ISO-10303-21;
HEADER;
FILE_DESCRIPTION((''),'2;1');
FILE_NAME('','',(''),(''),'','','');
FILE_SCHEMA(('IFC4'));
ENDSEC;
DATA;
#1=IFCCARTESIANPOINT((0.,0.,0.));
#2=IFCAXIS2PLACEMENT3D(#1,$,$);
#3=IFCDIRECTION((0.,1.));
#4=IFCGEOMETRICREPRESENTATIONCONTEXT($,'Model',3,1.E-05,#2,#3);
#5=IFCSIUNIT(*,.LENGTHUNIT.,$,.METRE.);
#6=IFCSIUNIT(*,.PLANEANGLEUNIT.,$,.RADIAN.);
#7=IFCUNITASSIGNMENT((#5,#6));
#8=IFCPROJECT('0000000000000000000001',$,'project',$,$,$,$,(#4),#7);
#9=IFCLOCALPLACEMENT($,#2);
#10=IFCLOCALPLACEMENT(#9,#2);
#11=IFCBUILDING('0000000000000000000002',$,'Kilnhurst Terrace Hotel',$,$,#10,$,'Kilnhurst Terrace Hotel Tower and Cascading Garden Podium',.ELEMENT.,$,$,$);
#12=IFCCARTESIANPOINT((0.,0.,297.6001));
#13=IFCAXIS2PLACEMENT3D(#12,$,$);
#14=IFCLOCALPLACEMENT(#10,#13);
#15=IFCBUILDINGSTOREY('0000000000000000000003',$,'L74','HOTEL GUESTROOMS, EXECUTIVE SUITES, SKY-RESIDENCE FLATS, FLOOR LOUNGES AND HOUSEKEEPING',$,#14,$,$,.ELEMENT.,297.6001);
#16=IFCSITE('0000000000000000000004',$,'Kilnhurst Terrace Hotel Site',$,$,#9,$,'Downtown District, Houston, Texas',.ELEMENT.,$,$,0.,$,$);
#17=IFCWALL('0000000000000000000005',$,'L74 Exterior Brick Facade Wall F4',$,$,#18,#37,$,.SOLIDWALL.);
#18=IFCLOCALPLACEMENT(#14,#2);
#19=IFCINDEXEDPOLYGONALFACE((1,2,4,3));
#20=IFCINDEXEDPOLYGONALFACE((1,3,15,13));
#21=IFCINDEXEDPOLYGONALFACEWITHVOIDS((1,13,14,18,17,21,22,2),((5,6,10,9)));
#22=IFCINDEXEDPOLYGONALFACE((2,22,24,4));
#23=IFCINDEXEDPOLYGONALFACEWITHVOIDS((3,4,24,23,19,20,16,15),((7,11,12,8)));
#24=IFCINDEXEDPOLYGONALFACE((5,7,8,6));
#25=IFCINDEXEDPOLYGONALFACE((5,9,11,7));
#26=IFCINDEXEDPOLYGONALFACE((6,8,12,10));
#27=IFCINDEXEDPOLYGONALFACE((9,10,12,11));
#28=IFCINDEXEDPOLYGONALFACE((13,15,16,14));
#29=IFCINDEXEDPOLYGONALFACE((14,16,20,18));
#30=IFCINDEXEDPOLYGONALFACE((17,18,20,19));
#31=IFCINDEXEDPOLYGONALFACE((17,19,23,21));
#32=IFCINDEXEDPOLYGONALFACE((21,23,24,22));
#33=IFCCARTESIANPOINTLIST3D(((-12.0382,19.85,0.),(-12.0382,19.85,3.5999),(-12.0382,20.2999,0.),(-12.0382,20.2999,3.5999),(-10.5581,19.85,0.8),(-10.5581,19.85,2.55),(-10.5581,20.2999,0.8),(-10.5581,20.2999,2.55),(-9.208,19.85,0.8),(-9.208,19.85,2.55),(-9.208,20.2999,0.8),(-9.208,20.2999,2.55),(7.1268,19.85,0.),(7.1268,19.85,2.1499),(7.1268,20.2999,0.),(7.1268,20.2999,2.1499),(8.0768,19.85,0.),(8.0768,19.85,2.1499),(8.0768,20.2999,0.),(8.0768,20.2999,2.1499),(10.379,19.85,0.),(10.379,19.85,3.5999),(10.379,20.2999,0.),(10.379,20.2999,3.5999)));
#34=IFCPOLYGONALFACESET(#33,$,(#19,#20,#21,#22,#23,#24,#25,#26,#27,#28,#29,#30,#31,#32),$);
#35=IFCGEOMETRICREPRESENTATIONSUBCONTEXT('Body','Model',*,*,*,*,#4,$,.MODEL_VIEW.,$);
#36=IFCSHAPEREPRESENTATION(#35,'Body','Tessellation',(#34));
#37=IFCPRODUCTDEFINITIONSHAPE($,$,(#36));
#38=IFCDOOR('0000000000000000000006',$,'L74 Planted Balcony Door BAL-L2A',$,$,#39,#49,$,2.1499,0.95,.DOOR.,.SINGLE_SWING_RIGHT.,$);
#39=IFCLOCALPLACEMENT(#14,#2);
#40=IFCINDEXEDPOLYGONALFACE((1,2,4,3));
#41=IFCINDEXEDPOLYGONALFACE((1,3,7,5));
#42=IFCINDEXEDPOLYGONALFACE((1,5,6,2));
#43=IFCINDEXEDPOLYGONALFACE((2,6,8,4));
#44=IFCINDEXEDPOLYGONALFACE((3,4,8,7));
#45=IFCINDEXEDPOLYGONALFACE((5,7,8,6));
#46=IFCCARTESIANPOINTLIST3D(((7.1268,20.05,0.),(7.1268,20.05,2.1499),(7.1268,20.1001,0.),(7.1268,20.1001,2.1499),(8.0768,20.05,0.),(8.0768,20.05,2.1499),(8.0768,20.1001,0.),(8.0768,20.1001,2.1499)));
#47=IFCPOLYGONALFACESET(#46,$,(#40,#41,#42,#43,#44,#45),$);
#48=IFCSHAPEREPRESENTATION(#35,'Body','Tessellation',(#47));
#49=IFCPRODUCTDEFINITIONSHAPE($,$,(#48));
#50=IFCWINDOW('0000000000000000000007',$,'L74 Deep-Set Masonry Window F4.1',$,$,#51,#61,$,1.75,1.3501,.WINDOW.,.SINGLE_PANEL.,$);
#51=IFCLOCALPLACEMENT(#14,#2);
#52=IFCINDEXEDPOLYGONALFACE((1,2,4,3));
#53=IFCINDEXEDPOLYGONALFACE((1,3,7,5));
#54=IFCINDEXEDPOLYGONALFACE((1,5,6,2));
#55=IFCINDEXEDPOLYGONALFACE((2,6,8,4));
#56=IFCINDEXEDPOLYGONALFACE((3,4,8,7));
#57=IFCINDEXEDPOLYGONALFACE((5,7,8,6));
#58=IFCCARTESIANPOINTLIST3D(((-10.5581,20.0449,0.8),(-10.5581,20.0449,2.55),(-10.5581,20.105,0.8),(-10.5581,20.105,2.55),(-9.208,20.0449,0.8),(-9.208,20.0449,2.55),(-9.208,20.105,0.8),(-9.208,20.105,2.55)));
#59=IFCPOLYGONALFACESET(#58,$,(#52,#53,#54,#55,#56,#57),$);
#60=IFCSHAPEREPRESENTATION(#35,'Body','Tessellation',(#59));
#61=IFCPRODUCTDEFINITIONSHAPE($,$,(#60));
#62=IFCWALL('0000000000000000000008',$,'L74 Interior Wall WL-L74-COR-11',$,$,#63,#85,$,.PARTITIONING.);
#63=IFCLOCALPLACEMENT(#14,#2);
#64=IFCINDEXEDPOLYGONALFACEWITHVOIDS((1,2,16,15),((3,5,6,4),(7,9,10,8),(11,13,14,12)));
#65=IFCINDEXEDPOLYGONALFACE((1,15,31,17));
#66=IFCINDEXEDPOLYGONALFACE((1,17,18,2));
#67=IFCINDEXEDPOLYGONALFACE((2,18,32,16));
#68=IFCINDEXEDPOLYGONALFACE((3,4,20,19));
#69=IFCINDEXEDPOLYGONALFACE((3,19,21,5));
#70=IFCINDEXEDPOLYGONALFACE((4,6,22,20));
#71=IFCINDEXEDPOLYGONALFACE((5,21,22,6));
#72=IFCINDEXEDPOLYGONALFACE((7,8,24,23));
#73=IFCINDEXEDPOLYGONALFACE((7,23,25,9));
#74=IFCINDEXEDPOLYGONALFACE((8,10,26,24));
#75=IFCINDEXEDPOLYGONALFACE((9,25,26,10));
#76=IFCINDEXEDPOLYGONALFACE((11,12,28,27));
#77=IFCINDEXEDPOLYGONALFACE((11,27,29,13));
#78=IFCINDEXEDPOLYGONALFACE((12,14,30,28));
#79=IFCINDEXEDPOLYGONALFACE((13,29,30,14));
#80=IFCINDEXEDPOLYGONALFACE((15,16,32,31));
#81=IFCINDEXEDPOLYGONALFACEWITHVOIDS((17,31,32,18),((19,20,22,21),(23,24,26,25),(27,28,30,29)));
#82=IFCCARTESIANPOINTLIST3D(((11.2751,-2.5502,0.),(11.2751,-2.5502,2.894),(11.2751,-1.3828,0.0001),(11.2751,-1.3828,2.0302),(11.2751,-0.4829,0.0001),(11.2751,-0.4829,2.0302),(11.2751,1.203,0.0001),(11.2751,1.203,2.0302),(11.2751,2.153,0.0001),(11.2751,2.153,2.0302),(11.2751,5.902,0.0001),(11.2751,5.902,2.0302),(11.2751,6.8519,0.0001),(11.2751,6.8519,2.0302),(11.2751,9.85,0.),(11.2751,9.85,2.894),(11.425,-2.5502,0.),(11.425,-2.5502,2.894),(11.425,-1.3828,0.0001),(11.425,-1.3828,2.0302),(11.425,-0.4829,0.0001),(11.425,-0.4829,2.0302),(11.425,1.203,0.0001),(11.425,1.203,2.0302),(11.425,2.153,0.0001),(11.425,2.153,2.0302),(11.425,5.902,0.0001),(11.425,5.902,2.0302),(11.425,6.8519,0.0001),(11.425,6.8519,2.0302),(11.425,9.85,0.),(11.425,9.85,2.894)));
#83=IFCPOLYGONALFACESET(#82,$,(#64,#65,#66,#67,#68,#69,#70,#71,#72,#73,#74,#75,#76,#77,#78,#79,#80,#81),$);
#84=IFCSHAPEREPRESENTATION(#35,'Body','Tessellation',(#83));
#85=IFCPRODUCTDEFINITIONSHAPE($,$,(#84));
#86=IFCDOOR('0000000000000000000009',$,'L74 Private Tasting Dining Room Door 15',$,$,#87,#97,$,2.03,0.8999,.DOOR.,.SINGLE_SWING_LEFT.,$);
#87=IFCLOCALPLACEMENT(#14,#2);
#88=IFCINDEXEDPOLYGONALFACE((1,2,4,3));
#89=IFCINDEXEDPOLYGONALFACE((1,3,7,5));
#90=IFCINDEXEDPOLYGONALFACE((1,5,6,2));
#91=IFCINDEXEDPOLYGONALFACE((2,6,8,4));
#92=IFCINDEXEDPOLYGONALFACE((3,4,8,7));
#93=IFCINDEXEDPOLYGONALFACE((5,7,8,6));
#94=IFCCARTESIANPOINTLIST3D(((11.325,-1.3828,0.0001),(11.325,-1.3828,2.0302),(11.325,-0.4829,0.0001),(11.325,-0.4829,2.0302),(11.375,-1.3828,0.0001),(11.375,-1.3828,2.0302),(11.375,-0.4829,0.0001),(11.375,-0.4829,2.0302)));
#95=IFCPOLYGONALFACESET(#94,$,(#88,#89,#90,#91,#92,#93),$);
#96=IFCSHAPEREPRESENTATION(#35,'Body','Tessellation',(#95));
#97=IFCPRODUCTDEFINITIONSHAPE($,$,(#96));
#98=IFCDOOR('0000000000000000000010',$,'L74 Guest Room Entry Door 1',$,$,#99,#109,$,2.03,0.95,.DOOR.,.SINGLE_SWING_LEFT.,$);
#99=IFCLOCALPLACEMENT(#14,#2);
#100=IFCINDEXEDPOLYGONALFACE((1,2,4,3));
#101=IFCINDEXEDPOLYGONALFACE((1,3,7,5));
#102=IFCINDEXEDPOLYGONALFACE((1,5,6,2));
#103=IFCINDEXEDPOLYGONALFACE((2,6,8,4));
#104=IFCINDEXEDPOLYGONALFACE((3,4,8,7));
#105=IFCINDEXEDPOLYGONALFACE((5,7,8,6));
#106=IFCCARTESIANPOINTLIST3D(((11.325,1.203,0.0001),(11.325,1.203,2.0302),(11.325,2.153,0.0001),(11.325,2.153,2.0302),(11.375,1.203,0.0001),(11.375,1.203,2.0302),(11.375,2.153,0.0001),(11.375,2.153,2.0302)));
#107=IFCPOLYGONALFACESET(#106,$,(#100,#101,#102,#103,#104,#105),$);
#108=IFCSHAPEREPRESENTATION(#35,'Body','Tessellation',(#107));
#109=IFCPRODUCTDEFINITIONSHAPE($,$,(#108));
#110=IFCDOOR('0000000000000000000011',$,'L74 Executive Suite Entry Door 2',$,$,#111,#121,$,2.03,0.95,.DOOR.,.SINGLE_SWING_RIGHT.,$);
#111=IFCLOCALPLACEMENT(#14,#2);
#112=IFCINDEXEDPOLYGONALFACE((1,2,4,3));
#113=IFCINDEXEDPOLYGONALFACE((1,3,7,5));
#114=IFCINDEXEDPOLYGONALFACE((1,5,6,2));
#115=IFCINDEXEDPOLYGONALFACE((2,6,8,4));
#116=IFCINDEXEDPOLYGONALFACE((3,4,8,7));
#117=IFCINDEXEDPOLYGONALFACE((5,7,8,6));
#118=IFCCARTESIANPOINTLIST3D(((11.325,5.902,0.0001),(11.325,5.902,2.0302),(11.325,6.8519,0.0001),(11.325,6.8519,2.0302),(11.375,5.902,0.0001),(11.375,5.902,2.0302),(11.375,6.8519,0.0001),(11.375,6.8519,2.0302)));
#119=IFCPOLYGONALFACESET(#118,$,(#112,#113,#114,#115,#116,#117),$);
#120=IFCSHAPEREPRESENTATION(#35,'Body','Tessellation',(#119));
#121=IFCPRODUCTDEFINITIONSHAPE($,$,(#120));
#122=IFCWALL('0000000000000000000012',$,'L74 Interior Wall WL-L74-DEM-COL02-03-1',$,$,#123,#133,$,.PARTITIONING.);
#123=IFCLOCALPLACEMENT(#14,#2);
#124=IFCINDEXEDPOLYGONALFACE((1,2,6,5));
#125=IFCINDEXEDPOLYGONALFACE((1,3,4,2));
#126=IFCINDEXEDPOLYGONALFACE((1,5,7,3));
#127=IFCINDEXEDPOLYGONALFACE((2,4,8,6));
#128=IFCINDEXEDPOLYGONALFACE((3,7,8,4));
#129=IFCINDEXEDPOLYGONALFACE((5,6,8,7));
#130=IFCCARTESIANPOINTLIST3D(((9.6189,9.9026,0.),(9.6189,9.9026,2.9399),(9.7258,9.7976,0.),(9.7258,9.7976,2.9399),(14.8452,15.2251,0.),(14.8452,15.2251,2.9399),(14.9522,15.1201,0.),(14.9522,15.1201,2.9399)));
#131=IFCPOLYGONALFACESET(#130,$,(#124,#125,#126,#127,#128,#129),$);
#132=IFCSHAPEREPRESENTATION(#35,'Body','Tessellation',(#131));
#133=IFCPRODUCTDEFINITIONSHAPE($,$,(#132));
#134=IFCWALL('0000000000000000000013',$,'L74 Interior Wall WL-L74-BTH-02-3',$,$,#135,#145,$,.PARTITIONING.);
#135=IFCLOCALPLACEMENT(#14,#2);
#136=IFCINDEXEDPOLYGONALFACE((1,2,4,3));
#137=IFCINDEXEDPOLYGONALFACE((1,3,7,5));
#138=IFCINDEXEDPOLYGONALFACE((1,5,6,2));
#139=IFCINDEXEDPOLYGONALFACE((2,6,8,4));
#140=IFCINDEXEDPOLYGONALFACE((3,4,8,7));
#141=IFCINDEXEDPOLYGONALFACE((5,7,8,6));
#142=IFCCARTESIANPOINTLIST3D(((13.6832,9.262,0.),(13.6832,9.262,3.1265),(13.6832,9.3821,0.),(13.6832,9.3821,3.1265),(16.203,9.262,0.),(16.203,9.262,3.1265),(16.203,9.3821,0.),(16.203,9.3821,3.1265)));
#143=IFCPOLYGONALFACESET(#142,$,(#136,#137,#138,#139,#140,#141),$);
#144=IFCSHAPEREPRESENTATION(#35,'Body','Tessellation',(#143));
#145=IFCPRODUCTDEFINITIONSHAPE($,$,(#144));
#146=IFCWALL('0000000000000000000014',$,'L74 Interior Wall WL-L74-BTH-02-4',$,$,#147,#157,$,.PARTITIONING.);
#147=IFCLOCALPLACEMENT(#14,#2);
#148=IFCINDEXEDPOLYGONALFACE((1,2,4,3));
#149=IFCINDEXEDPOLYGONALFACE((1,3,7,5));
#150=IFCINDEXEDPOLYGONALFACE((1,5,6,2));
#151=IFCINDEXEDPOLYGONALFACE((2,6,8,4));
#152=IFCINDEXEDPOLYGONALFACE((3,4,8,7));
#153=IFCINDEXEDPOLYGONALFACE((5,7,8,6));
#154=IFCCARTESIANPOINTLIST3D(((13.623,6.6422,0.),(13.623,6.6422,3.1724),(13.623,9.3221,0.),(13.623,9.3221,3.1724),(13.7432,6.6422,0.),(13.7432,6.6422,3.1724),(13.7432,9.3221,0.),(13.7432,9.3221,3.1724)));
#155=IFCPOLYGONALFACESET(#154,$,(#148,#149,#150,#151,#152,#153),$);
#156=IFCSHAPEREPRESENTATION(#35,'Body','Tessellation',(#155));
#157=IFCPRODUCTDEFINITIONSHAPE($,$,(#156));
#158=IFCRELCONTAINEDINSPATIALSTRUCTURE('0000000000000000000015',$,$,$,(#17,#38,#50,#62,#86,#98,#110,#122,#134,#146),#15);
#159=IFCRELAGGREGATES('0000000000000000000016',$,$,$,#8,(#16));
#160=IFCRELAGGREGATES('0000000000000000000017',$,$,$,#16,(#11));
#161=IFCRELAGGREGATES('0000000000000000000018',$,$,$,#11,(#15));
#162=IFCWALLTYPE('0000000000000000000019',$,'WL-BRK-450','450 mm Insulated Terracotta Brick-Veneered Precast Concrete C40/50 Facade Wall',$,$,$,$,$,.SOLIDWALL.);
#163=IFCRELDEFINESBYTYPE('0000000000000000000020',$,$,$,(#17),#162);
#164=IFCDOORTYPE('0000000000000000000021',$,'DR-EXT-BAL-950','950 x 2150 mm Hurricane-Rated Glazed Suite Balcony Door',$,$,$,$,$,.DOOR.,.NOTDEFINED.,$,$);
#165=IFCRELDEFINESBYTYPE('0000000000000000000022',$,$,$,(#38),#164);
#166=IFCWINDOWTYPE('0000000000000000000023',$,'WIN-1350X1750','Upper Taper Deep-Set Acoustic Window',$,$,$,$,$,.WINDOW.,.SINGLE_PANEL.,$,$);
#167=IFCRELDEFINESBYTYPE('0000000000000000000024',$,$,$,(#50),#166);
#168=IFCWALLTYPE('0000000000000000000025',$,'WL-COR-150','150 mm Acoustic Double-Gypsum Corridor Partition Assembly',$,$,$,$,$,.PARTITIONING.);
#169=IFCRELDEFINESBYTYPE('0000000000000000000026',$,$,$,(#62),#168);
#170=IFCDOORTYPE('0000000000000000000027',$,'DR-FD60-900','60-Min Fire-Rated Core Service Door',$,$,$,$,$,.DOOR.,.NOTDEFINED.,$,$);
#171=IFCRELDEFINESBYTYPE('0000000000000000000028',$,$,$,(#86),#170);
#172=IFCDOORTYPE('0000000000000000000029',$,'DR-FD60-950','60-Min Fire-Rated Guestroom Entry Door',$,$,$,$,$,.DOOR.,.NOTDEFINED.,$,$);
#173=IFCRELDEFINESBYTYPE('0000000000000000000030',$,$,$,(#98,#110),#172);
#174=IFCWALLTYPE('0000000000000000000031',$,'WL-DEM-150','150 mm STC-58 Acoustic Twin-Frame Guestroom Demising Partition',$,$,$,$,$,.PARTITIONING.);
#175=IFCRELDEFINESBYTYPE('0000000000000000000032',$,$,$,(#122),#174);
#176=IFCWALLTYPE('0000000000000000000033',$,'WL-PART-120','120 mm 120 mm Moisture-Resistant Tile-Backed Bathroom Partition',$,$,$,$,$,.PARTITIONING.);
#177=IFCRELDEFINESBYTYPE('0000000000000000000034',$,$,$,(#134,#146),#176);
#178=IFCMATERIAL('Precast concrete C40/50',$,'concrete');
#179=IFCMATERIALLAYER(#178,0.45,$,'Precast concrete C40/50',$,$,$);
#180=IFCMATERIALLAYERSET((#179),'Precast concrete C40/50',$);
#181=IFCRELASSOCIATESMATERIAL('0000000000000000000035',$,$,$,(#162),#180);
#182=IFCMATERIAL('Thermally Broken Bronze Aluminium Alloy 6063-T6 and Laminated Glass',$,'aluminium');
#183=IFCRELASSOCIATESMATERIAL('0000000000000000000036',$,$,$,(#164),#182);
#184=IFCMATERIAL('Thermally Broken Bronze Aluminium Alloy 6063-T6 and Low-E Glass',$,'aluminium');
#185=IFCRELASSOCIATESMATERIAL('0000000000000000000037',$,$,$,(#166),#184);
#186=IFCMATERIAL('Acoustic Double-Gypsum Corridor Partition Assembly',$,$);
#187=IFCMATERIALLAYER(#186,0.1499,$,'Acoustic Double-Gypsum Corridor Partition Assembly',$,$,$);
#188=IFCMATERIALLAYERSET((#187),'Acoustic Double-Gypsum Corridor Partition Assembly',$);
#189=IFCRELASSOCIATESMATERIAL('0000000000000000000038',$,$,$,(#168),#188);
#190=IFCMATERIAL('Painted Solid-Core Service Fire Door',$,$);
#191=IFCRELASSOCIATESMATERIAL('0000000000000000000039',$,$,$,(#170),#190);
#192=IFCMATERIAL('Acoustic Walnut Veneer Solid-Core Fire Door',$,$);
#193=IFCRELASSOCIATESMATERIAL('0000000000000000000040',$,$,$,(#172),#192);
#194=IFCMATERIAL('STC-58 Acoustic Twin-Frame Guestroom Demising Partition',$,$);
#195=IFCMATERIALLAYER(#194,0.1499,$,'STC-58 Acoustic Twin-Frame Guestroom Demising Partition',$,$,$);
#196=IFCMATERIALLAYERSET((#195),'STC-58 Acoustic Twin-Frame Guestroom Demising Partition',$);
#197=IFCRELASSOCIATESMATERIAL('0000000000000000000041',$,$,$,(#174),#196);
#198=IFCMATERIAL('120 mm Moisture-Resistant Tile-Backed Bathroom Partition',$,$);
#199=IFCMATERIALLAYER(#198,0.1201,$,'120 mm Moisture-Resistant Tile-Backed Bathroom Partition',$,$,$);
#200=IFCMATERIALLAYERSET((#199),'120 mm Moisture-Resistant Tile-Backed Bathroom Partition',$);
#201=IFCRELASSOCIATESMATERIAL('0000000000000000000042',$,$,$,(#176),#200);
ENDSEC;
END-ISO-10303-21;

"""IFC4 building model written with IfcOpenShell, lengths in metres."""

from ifc_helpers import new_model, si_unit, direction, frame, frame_2d, origin, place, context, subcontext, project, spatial, rectangle, extrude, material, layer, layer_set, type_object, element, fill, save


model = new_model("IFC4")

# Units and contexts
model_context = context("Model", 3, precision=1e-05, world=origin(), true_north=direction((0.0, 1.0)))
body_context = subcontext(model_context, "Body", "Model", "MODEL_VIEW")
ifc_project = project(units=[si_unit("LENGTHUNIT", "METRE"), si_unit("PLANEANGLEUNIT", "RADIAN")], contexts=[model_context])

# Site, building, storey
site_placement = place(None, origin())
site = spatial("IfcSite", under=ifc_project, at=site_placement, Name="Kilnhurst Terrace Hotel Site", LongName="Downtown District, Houston, Texas", CompositionType="ELEMENT", RefElevation=0.0)
building_placement = place(site_placement, origin())
building = spatial("IfcBuilding", under=site, at=building_placement, Name="Kilnhurst Terrace Hotel", LongName="Kilnhurst Terrace Hotel Tower and Cascading Garden Podium", CompositionType="ELEMENT")
storey_placement = place(building_placement, frame((0.0, 0.0, 297.6001)))
storey = spatial("IfcBuildingStorey", under=building, at=storey_placement, Name="L74", Description="HOTEL GUESTROOMS, EXECUTIVE SUITES, SKY-RESIDENCE FLATS, FLOOR LOUNGES AND HOUSEKEEPING", CompositionType="ELEMENT", Elevation=297.6001)

# Shared definitions
ifc_material_1 = material(Name="Precast concrete C40/50", Category="concrete")
ifc_layer_1 = layer(ifc_material_1, 0.45, Name="Precast concrete C40/50")
ifc_layer_set_1 = layer_set([ifc_layer_1], Name="Precast concrete C40/50")
wall_type_1 = type_object("IfcWallType", Name="WL-BRK-450", Description="450 mm Insulated Terracotta Brick-Veneered Precast Concrete C40/50 Facade Wall", PredefinedType="SOLIDWALL", material=ifc_layer_set_1)

# Wall, openings, door, window
wall_1_placement = place(storey_placement, frame((10.3789, 20.075, 0.0), z_axis=(0.0, 0.0, 1.0), x_axis=(-1.0, 0.0, 0.0)))
wall_1 = element("IfcWall", 1, at=wall_1_placement, inside=storey, type_object=wall_type_1, Name="L74 Exterior Brick Facade Wall F4", PredefinedType="SOLIDWALL", context=body_context, shape_type="SweptSolid", body=[
    extrude(rectangle(XDim=22.4172, YDim=0.45, at=frame_2d((11.2085, 0.0))), origin(), (0.0, 0.0, 1.0), 3.5999),
])
opening_1_placement = place(wall_1_placement, frame((2.302, 0.0, 0.0)))
opening_1 = element("IfcOpeningElement", 2, at=opening_1_placement, cuts=wall_1, PredefinedType="OPENING", context=body_context, shape_type="SweptSolid", body=[
    extrude(rectangle(XDim=0.95, YDim=2.1499, at=frame_2d((0.4751, 1.075))), frame((0.0, 0.2349, 0.0), z_axis=(0.0, -1.0, 0.0), x_axis=(1.0, 0.0, 0.0)), (0.0, 0.0, 1.0), 0.47),
])
opening_2_placement = place(wall_1_placement, frame((19.5869, 0.0, 0.8)))
opening_2 = element("IfcOpeningElement", 3, at=opening_2_placement, cuts=wall_1, PredefinedType="OPENING", context=body_context, shape_type="SweptSolid", body=[
    extrude(rectangle(XDim=1.3501, YDim=1.75, at=frame_2d((0.675, 0.875))), frame((0.0, 0.2349, 0.0), z_axis=(0.0, -1.0, 0.0), x_axis=(1.0, 0.0, 0.0)), (0.0, 0.0, 1.0), 0.47),
])
ifc_material_2 = material(Name="Thermally Broken Bronze Aluminium Alloy 6063-T6 and Laminated Glass", Category="aluminium")
door_type_1 = type_object("IfcDoorType", Name="DR-EXT-BAL-950", Description="950 x 2150 mm Hurricane-Rated Glazed Suite Balcony Door", OperationType="NOTDEFINED", PredefinedType="DOOR", material=ifc_material_2)
door_1_placement = place(opening_1_placement, origin())
door_1 = element("IfcDoor", 4, at=door_1_placement, inside=storey, type_object=door_type_1, Name="L74 Planted Balcony Door BAL-L2A", OperationType="SINGLE_SWING_RIGHT", OverallHeight=2.1499, OverallWidth=0.95, PredefinedType="DOOR", context=body_context, shape_type="SweptSolid", body=[
    extrude(rectangle(XDim=0.95, YDim=2.1499, at=frame_2d((0.4751, 1.075))), frame((0.0, 0.0249, 0.0), z_axis=(0.0, -1.0, 0.0), x_axis=(1.0, 0.0, 0.0)), (0.0, 0.0, 1.0), 0.05),
])
fill(opening_1, door_1)
ifc_material_3 = material(Name="Thermally Broken Bronze Aluminium Alloy 6063-T6 and Low-E Glass", Category="aluminium")
window_type = type_object("IfcWindowType", Name="WIN-1350X1750", Description="Upper Taper Deep-Set Acoustic Window", PartitioningType="SINGLE_PANEL", PredefinedType="WINDOW", material=ifc_material_3)
window_placement = place(opening_2_placement, origin())
window = element("IfcWindow", 5, at=window_placement, inside=storey, type_object=window_type, Name="L74 Deep-Set Masonry Window F4.1", OverallHeight=1.75, OverallWidth=1.3501, PartitioningType="SINGLE_PANEL", PredefinedType="WINDOW", context=body_context, shape_type="SweptSolid", body=[
    extrude(rectangle(XDim=1.3501, YDim=1.75, at=frame_2d((0.675, 0.875))), frame((0.0, 0.03, 0.0), z_axis=(0.0, -1.0, 0.0), x_axis=(1.0, 0.0, 0.0)), (0.0, 0.0, 1.0), 0.0601),
])
fill(opening_2, window)

# Wall, openings, doors
ifc_material_4 = material(Name="Acoustic Double-Gypsum Corridor Partition Assembly")
ifc_layer_2 = layer(ifc_material_4, 0.1499, Name="Acoustic Double-Gypsum Corridor Partition Assembly")
ifc_layer_set_2 = layer_set([ifc_layer_2], Name="Acoustic Double-Gypsum Corridor Partition Assembly")
wall_type_2 = type_object("IfcWallType", Name="WL-COR-150", Description="150 mm Acoustic Double-Gypsum Corridor Partition Assembly", PredefinedType="PARTITIONING", material=ifc_layer_set_2)
wall_2_placement = place(storey_placement, frame((11.3501, 9.8501, 0.0), z_axis=(0.0, 0.0, 1.0), x_axis=(0.0, -1.0, 0.0)))
wall_2 = element("IfcWall", 6, at=wall_2_placement, inside=storey, type_object=wall_type_2, Name="L74 Interior Wall WL-L74-COR-11", PredefinedType="PARTITIONING", context=body_context, shape_type="SweptSolid", body=[
    extrude(rectangle(XDim=12.4001, YDim=0.1499, at=frame_2d((6.2002, 0.0))), origin(), (0.0, 0.0, 1.0), 2.894),
])
opening_3_placement = place(wall_2_placement, frame((7.697, 0.0, 0.0)))
opening_3 = element("IfcOpeningElement", 7, at=opening_3_placement, cuts=wall_2, PredefinedType="OPENING", context=body_context, shape_type="SweptSolid", body=[
    extrude(rectangle(XDim=0.95, YDim=2.03, at=frame_2d((0.4751, 1.0151))), frame((0.0, 0.085, 0.0), z_axis=(0.0, -1.0, 0.0), x_axis=(1.0, 0.0, 0.0)), (0.0, 0.0, 1.0), 0.1699),
])
opening_4_placement = place(wall_2_placement, frame((2.998, 0.0, 0.0)))
opening_4 = element("IfcOpeningElement", 8, at=opening_4_placement, cuts=wall_2, PredefinedType="OPENING", context=body_context, shape_type="SweptSolid", body=[
    extrude(rectangle(XDim=0.95, YDim=2.03, at=frame_2d((0.4751, 1.0151))), frame((0.0, 0.085, 0.0), z_axis=(0.0, -1.0, 0.0), x_axis=(1.0, 0.0, 0.0)), (0.0, 0.0, 1.0), 0.1699),
])
opening_5_placement = place(wall_2_placement, frame((10.333, 0.0, 0.0)))
opening_5 = element("IfcOpeningElement", 9, at=opening_5_placement, cuts=wall_2, PredefinedType="OPENING", context=body_context, shape_type="SweptSolid", body=[
    extrude(rectangle(XDim=0.8999, YDim=2.03, at=frame_2d((0.45, 1.0151))), frame((0.0, 0.085, 0.0), z_axis=(0.0, -1.0, 0.0), x_axis=(1.0, 0.0, 0.0)), (0.0, 0.0, 1.0), 0.1699),
])
ifc_material_5 = material(Name="Painted Solid-Core Service Fire Door")
door_type_2 = type_object("IfcDoorType", Name="DR-FD60-900", Description="60-Min Fire-Rated Core Service Door", OperationType="NOTDEFINED", PredefinedType="DOOR", material=ifc_material_5)
door_2_placement = place(opening_5_placement, origin())
door_2 = element("IfcDoor", 10, at=door_2_placement, inside=storey, type_object=door_type_2, Name="L74 Private Tasting Dining Room Door 15", OperationType="SINGLE_SWING_LEFT", OverallHeight=2.03, OverallWidth=0.8999, PredefinedType="DOOR", context=body_context, shape_type="SweptSolid", body=[
    extrude(rectangle(XDim=0.8999, YDim=2.03, at=frame_2d((0.45, 1.0151))), frame((0.0, 0.0249, 0.0), z_axis=(0.0, -1.0, 0.0), x_axis=(1.0, 0.0, 0.0)), (0.0, 0.0, 1.0), 0.05),
])
fill(opening_5, door_2)
ifc_material_6 = material(Name="Acoustic Walnut Veneer Solid-Core Fire Door")
door_type_3 = type_object("IfcDoorType", Name="DR-FD60-950", Description="60-Min Fire-Rated Guestroom Entry Door", OperationType="NOTDEFINED", PredefinedType="DOOR", material=ifc_material_6)
door_3_placement = place(opening_3_placement, origin())
door_3 = element("IfcDoor", 11, at=door_3_placement, inside=storey, type_object=door_type_3, Name="L74 Guest Room Entry Door 1", OperationType="SINGLE_SWING_LEFT", OverallHeight=2.03, OverallWidth=0.95, PredefinedType="DOOR", context=body_context, shape_type="SweptSolid", body=[
    extrude(rectangle(XDim=0.95, YDim=2.03, at=frame_2d((0.4751, 1.0151))), frame((0.0, 0.0249, 0.0), z_axis=(0.0, -1.0, 0.0), x_axis=(1.0, 0.0, 0.0)), (0.0, 0.0, 1.0), 0.05),
])
fill(opening_3, door_3)
door_4_placement = place(opening_4_placement, origin())
door_4 = element("IfcDoor", 12, at=door_4_placement, inside=storey, type_object=door_type_3, Name="L74 Executive Suite Entry Door 2", OperationType="SINGLE_SWING_RIGHT", OverallHeight=2.03, OverallWidth=0.95, PredefinedType="DOOR", context=body_context, shape_type="SweptSolid", body=[
    extrude(rectangle(XDim=0.95, YDim=2.03, at=frame_2d((0.4751, 1.0151))), frame((0.0, 0.0249, 0.0), z_axis=(0.0, -1.0, 0.0), x_axis=(1.0, 0.0, 0.0)), (0.0, 0.0, 1.0), 0.05),
])
fill(opening_4, door_4)

# Walls
ifc_material_7 = material(Name="STC-58 Acoustic Twin-Frame Guestroom Demising Partition")
ifc_layer_3 = layer(ifc_material_7, 0.1499, Name="STC-58 Acoustic Twin-Frame Guestroom Demising Partition")
ifc_layer_set_3 = layer_set([ifc_layer_3], Name="STC-58 Acoustic Twin-Frame Guestroom Demising Partition")
wall_type_3 = type_object("IfcWallType", Name="WL-DEM-150", Description="150 mm STC-58 Acoustic Twin-Frame Guestroom Demising Partition", PredefinedType="PARTITIONING", material=ifc_layer_set_3)
wall_3_placement = place(storey_placement, frame((9.6724, 9.8501, 0.0), z_axis=(0.0, 0.0, 1.0), x_axis=(0.70063, 0.713525, 0.0)))
element("IfcWall", 13, at=wall_3_placement, inside=storey, type_object=wall_type_3, Name="L74 Interior Wall WL-L74-DEM-COL02-03-1", PredefinedType="PARTITIONING", context=body_context, shape_type="SweptSolid", body=[
    extrude(rectangle(XDim=7.4595, YDim=0.1499, at=frame_2d((3.7297, 0.0))), origin(), (0.0, 0.0, 1.0), 2.9399),
])
ifc_material_8 = material(Name="120 mm Moisture-Resistant Tile-Backed Bathroom Partition")
ifc_layer_4 = layer(ifc_material_8, 0.1201, Name="120 mm Moisture-Resistant Tile-Backed Bathroom Partition")
ifc_layer_set_4 = layer_set([ifc_layer_4], Name="120 mm Moisture-Resistant Tile-Backed Bathroom Partition")
wall_type_4 = type_object("IfcWallType", Name="WL-PART-120", Description="120 mm 120 mm Moisture-Resistant Tile-Backed Bathroom Partition", PredefinedType="PARTITIONING", material=ifc_layer_set_4)
wall_4_placement = place(storey_placement, frame((16.2029, 9.322, 0.0), z_axis=(0.0, 0.0, 1.0), x_axis=(-1.0, 0.0, 0.0)))
element("IfcWall", 14, at=wall_4_placement, inside=storey, type_object=wall_type_4, Name="L74 Interior Wall WL-L74-BTH-02-3", PredefinedType="PARTITIONING", context=body_context, shape_type="SweptSolid", body=[
    extrude(rectangle(XDim=2.5198, YDim=0.1201, at=frame_2d((1.2598, 0.0))), origin(), (0.0, 0.0, 1.0), 3.1265),
])
wall_5_placement = place(storey_placement, frame((13.6831, 9.322, 0.0), z_axis=(0.0, 0.0, 1.0), x_axis=(0.0, -1.0, 0.0)))
element("IfcWall", 15, at=wall_5_placement, inside=storey, type_object=wall_type_4, Name="L74 Interior Wall WL-L74-BTH-02-4", PredefinedType="PARTITIONING", context=body_context, shape_type="SweptSolid", body=[
    extrude(rectangle(XDim=2.6799, YDim=0.1201, at=frame_2d((1.3398, 0.0))), origin(), (0.0, 0.0, 1.0), 3.1724),
])

save(model, "model.ifc")
